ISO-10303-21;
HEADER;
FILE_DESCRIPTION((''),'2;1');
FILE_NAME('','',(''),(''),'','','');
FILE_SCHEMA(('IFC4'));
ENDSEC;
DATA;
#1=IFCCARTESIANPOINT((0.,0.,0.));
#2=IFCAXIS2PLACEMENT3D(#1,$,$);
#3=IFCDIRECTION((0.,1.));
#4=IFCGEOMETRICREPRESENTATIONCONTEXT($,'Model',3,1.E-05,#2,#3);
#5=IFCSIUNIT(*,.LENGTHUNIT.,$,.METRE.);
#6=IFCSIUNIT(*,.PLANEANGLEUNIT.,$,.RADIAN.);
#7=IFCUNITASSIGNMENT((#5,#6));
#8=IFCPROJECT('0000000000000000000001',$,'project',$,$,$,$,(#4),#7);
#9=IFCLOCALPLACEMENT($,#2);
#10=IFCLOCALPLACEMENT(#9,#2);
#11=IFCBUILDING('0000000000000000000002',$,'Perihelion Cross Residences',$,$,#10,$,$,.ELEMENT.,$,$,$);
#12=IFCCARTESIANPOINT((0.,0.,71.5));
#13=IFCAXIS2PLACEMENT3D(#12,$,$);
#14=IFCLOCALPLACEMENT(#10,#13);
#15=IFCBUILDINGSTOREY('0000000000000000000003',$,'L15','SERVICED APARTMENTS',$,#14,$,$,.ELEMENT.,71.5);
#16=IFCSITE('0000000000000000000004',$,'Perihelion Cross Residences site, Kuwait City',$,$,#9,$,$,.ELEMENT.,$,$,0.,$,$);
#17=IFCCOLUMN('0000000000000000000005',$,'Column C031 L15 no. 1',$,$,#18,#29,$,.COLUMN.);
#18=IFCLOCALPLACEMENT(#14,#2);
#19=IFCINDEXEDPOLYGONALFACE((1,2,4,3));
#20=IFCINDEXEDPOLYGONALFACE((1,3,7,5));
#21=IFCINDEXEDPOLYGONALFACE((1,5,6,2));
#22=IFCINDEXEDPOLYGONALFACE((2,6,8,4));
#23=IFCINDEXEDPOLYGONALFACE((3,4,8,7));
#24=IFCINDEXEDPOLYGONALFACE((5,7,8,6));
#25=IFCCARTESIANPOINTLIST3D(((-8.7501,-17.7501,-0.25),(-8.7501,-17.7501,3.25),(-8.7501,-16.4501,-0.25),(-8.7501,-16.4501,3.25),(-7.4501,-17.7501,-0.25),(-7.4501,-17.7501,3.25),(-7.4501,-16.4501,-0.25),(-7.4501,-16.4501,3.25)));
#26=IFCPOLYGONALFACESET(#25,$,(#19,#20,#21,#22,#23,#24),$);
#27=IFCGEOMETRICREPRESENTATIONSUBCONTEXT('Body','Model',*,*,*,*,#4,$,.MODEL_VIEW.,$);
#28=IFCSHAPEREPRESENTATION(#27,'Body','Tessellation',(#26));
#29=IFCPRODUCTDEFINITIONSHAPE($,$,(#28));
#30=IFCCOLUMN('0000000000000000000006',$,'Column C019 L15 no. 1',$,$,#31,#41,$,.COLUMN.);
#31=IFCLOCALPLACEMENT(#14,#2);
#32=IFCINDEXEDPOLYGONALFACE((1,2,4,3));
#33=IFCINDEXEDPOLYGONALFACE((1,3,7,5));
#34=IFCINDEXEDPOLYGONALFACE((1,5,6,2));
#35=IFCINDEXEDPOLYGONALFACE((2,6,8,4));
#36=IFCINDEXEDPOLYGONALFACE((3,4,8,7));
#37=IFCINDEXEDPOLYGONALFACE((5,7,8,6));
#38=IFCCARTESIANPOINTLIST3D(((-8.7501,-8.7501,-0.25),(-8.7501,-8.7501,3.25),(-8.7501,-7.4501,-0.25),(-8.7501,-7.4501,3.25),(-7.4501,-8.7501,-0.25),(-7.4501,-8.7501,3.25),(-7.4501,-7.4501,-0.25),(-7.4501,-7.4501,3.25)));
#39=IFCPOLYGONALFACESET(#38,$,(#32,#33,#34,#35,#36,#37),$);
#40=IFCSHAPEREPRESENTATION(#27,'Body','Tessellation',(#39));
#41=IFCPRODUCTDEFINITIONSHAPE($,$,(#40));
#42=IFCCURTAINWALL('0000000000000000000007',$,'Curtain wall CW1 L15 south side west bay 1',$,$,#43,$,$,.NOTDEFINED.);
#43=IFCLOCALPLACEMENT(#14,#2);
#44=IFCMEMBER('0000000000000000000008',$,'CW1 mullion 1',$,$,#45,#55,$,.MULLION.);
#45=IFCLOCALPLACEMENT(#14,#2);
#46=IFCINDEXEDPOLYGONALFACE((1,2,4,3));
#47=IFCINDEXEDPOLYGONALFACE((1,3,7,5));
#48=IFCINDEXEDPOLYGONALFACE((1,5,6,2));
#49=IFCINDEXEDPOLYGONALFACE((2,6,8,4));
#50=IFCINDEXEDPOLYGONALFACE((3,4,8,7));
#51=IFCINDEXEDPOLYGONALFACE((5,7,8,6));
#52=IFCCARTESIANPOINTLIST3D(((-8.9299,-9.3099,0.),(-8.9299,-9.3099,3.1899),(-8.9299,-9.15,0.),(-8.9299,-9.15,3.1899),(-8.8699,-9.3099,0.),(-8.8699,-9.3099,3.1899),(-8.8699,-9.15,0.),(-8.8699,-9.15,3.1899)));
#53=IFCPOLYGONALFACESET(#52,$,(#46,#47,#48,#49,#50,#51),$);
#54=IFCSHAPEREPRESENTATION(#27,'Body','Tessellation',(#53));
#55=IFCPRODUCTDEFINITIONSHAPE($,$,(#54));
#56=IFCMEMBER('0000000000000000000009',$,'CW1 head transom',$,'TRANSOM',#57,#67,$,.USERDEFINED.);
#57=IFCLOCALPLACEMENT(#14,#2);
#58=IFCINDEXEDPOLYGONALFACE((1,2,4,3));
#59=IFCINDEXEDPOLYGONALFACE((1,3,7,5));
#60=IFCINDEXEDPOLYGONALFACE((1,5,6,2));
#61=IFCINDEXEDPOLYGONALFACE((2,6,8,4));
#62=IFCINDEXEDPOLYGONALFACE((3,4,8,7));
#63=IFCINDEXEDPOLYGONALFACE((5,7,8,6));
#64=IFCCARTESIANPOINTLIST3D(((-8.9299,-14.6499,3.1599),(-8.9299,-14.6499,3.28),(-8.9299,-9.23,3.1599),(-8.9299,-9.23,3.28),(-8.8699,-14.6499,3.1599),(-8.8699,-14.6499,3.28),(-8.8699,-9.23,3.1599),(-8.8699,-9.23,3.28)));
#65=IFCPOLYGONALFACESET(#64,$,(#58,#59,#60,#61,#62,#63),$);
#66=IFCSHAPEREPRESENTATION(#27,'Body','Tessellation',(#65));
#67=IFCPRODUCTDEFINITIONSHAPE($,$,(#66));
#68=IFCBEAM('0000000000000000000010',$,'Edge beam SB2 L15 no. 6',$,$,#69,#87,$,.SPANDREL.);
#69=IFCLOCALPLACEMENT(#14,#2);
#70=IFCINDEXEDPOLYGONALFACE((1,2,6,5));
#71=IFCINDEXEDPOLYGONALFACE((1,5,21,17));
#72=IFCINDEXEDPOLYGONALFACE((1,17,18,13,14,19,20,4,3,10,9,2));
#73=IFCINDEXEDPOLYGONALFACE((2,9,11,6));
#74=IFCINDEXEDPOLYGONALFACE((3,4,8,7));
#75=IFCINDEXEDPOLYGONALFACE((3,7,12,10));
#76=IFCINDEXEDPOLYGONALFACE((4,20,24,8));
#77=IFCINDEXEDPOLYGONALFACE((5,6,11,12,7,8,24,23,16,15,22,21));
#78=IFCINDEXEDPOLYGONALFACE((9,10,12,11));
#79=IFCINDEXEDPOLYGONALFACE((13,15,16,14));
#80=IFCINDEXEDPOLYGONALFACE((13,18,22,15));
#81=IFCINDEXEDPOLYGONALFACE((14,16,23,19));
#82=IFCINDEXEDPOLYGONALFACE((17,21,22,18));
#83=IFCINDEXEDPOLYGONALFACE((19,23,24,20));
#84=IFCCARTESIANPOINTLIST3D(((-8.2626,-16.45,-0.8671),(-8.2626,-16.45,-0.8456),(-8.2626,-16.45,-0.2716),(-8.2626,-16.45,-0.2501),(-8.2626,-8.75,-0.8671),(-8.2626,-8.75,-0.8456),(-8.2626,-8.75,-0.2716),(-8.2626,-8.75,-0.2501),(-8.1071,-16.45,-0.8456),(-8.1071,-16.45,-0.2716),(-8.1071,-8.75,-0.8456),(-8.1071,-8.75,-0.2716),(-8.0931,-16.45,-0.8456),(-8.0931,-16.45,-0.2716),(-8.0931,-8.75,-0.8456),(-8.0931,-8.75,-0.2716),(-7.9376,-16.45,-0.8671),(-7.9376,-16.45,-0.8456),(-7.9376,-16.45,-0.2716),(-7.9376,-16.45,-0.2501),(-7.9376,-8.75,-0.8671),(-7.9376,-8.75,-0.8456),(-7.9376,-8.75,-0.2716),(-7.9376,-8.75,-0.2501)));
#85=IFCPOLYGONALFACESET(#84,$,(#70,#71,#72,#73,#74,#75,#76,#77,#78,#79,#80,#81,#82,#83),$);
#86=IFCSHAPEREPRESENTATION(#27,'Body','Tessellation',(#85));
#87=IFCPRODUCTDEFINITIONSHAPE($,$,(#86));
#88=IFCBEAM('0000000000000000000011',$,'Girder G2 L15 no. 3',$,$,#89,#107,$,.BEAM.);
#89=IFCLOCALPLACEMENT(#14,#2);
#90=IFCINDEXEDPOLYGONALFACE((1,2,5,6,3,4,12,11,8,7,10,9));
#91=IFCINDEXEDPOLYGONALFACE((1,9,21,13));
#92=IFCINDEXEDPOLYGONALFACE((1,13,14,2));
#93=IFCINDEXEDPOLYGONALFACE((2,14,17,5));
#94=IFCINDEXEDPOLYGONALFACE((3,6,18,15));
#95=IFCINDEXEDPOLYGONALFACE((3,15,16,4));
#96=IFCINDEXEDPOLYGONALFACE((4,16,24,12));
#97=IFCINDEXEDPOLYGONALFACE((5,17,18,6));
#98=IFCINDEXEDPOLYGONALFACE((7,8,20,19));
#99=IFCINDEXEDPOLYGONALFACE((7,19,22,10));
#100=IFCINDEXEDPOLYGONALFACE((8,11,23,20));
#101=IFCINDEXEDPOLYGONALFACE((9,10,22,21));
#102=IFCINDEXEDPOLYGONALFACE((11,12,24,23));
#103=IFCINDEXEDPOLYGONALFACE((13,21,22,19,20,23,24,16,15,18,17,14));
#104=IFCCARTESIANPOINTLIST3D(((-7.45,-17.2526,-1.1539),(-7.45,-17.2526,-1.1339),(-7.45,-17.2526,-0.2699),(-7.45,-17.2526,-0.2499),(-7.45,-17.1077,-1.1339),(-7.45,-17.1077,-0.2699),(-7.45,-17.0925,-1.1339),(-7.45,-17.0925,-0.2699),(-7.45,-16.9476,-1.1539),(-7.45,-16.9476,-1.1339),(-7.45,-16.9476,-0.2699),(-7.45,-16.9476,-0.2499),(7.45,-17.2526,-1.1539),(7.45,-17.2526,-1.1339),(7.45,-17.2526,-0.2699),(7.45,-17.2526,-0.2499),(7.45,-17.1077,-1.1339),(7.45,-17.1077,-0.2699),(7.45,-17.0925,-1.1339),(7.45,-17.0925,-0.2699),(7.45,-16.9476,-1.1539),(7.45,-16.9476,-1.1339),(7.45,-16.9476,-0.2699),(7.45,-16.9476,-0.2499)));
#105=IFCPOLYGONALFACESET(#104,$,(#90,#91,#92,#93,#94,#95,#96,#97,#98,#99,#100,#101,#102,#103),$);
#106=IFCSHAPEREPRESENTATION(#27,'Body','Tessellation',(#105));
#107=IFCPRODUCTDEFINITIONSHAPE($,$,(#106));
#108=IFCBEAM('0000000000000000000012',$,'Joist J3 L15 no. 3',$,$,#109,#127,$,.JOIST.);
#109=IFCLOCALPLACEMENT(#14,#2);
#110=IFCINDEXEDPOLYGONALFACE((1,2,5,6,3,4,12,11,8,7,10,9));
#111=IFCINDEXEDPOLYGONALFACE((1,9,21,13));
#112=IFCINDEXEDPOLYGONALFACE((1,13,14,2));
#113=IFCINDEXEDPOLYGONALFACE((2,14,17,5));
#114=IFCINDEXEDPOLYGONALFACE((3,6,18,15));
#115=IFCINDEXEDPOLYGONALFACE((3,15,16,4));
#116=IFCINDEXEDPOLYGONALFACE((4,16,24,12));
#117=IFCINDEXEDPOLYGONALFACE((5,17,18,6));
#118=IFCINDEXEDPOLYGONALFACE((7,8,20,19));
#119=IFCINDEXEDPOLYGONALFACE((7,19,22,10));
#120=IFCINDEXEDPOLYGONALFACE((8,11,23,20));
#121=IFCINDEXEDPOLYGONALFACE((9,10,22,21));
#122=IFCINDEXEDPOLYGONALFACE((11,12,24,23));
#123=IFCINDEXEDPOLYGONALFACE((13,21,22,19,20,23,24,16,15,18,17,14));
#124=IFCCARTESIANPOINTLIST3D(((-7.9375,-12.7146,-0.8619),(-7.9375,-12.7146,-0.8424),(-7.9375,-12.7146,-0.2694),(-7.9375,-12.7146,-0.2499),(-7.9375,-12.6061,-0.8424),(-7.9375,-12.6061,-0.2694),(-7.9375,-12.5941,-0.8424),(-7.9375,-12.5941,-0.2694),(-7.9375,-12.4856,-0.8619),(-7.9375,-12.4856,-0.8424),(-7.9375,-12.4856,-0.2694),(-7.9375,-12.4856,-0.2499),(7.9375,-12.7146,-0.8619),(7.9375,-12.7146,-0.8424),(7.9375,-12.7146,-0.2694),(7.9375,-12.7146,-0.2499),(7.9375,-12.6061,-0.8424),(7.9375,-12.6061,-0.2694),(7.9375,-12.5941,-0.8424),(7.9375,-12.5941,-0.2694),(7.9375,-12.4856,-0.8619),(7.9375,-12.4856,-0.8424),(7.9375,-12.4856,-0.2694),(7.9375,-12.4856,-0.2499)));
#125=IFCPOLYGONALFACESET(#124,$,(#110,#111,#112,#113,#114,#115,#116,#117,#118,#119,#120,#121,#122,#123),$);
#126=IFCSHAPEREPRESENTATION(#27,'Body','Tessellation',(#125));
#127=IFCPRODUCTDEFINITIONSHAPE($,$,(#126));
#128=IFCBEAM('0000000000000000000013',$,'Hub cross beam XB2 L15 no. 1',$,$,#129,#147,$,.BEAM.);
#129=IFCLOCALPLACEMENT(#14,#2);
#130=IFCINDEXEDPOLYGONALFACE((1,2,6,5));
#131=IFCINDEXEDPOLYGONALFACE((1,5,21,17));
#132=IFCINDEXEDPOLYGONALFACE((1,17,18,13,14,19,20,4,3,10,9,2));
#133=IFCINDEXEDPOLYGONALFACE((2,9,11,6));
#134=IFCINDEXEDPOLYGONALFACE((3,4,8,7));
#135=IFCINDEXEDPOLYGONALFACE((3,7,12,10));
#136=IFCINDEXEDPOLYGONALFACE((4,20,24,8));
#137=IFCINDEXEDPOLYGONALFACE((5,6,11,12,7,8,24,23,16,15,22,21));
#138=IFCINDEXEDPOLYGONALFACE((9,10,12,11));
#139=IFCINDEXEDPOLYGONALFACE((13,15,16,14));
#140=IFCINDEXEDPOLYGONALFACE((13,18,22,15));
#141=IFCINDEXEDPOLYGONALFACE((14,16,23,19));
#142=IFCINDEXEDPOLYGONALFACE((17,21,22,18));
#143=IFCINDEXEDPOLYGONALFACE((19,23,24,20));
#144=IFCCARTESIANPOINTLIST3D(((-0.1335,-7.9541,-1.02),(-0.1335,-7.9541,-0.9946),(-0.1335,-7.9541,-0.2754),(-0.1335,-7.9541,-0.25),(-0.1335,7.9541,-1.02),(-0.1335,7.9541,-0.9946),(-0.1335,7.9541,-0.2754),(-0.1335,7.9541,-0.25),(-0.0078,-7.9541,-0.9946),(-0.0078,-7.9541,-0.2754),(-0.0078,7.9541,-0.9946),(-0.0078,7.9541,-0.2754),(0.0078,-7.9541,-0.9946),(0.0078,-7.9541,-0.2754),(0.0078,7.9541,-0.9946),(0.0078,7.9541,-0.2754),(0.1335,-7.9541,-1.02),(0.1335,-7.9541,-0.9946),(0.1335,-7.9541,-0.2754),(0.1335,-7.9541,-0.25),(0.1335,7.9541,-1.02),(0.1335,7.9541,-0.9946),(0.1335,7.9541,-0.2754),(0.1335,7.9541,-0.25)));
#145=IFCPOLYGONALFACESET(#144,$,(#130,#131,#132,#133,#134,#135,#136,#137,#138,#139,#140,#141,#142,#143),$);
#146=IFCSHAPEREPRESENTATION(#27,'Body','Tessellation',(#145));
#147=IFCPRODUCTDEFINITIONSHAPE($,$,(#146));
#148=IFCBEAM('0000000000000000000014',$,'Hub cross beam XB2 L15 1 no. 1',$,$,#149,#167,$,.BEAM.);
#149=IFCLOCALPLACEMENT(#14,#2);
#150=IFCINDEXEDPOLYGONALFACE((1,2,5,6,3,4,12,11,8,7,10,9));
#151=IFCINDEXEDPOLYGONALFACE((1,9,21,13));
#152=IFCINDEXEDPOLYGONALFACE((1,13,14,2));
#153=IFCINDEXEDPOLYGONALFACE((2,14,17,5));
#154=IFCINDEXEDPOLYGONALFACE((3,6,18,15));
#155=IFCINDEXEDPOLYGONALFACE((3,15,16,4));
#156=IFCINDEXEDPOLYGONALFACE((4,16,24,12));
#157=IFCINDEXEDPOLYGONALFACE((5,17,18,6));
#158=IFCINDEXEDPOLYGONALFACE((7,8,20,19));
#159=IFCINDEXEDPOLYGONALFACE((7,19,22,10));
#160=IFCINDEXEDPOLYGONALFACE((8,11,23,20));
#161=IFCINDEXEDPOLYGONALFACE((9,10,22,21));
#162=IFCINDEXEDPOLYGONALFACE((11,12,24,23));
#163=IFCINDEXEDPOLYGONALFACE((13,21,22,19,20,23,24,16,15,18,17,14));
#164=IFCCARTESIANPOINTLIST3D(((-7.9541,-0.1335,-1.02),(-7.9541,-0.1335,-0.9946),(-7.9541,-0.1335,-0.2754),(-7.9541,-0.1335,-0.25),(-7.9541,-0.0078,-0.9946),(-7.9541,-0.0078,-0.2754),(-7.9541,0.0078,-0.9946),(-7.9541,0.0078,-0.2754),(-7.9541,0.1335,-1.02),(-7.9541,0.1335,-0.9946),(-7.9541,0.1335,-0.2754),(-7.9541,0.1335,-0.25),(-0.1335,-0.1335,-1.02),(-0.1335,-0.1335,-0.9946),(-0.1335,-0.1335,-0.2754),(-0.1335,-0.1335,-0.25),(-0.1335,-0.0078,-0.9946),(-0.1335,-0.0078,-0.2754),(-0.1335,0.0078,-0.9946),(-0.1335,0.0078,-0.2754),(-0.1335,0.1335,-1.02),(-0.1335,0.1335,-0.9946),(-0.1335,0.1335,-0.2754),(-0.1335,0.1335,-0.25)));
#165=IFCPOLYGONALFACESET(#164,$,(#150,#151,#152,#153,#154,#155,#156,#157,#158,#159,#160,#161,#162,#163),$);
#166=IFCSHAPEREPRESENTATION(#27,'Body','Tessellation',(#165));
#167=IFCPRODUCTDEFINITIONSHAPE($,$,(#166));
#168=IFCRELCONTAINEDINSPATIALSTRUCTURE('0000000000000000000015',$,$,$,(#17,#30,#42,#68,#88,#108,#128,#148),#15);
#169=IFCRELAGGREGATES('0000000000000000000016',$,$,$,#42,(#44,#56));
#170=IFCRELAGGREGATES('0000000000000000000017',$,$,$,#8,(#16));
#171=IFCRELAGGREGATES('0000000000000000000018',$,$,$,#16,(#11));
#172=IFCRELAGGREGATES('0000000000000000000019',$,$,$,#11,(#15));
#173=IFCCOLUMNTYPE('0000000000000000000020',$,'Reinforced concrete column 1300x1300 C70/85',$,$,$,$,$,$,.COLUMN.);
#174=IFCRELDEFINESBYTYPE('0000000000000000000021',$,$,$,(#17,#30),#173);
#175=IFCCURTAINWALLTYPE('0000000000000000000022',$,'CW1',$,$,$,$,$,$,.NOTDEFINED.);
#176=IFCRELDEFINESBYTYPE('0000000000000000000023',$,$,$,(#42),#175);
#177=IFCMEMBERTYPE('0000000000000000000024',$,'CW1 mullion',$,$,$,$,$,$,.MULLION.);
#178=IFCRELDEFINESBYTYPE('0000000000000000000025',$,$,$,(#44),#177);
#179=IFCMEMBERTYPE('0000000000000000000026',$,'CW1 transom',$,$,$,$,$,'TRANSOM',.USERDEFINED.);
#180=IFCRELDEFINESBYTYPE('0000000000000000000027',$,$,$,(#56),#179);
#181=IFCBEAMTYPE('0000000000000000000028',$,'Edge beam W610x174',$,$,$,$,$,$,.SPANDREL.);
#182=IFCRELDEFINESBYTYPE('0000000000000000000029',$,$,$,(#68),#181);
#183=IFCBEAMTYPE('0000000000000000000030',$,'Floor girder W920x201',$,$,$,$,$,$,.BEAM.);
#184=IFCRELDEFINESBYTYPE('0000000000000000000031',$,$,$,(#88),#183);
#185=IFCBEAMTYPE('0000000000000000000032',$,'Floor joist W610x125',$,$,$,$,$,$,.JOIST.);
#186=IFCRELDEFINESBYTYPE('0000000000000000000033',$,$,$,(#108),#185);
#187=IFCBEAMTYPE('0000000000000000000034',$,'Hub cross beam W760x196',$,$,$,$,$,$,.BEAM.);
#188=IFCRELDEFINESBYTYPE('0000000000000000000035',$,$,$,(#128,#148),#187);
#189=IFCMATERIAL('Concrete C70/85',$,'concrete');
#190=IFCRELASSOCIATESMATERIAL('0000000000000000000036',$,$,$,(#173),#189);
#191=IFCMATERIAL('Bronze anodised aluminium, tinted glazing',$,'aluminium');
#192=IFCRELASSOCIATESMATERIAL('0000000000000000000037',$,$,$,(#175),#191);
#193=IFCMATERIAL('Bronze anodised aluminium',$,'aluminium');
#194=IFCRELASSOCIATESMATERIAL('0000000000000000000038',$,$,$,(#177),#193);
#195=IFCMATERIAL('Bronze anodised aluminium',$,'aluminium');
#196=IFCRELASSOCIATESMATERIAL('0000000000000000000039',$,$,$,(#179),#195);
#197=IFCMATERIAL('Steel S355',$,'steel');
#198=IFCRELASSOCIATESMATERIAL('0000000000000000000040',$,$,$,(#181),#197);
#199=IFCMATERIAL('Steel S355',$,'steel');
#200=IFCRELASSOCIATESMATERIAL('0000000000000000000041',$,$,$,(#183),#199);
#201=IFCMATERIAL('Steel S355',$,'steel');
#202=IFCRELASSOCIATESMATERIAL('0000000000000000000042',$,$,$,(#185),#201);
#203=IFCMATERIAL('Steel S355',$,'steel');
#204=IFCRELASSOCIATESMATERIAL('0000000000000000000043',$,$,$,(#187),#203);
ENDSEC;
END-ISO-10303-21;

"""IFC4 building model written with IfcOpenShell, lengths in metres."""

from ifc_helpers import new_model, si_unit, direction, frame, origin, origin_2d, place, context, subcontext, project, spatial, rectangle, i_section, extrude, material, material_profile, profile_set, type_object, element, aggregate, save


model = new_model("IFC4")

# Units and contexts
model_context = context("Model", 3, precision=1e-05, world=origin(), true_north=direction((0.0, 1.0)))
body_context = subcontext(model_context, "Body", "Model", "MODEL_VIEW")
ifc_project = project(units=[si_unit("LENGTHUNIT", "METRE"), si_unit("PLANEANGLEUNIT", "RADIAN")], contexts=[model_context])

# Site, building, storey
site_placement = place(None, origin())
site = spatial("IfcSite", under=ifc_project, at=site_placement, Name="Perihelion Cross Residences site, Kuwait City", CompositionType="ELEMENT", RefElevation=0.0)
building_placement = place(site_placement, origin())
building = spatial("IfcBuilding", under=site, at=building_placement, Name="Perihelion Cross Residences", CompositionType="ELEMENT")
storey_placement = place(building_placement, frame((0.0, 0.0, 71.5)))
storey = spatial("IfcBuildingStorey", under=building, at=storey_placement, Name="L15", Description="SERVICED APARTMENTS", CompositionType="ELEMENT", Elevation=71.5)

# Columns
ifc_material_1 = material(Name="Concrete C70/85", Category="concrete")
ifc_material_profile_1 = material_profile(ifc_material_1, rectangle(XDim=1.3, YDim=1.3, at=origin_2d()), Name="RC 1300x1300")
ifc_profile_set_1 = profile_set([ifc_material_profile_1], Name="Concrete C70/85")
column_type = type_object("IfcColumnType", Name="Reinforced concrete column 1300x1300 C70/85", PredefinedType="COLUMN", material=ifc_profile_set_1)
for number, where, z_axis, x_axis, name in (
    (1, (-8.1001, -17.1001, -0.25), (0.0, 0.0, 1.0), (1.0, 0.0, 0.0), "Column C031 L15 no. 1"),
    (2, (-8.1001, -8.1001, -0.25), (0.0, 0.0, 1.0), (1.0, 0.0, 0.0), "Column C019 L15 no. 1"),
):
    element("IfcColumn", number, at=place(storey_placement, frame(where, z_axis=z_axis, x_axis=x_axis)), inside=storey, type_object=column_type, Name=name, PredefinedType="COLUMN", context=body_context, shape_type="SweptSolid", body=[
        extrude(rectangle(XDim=1.3, YDim=1.3, at=origin_2d()), origin(), (0.0, 0.0, 1.0), 3.5),
    ])

# Curtain wall, members
ifc_material_2 = material(Name="Bronze anodised aluminium, tinted glazing", Category="aluminium")
curtain_wall_type = type_object("IfcCurtainWallType", Name="CW1", PredefinedType="NOTDEFINED", material=ifc_material_2)
curtain_wall_placement = place(storey_placement, origin())
curtain_wall = element("IfcCurtainWall", 3, at=curtain_wall_placement, inside=storey, type_object=curtain_wall_type, Name="Curtain wall CW1 L15 south side west bay 1", PredefinedType="NOTDEFINED")
ifc_material_3 = material(Name="Bronze anodised aluminium", Category="aluminium")
ifc_material_profile_2 = material_profile(ifc_material_3, rectangle(XDim=0.0601, YDim=0.1599, at=origin_2d()), Name="CW1 mullion")
ifc_profile_set_2 = profile_set([ifc_material_profile_2], Name="Bronze anodised aluminium")
member_type_1 = type_object("IfcMemberType", Name="CW1 mullion", PredefinedType="MULLION", material=ifc_profile_set_2)
member_1_placement = place(storey_placement, frame((-8.8999, -9.23, 0.0), z_axis=(0.0, 0.0, 1.0), x_axis=(1.0, 0.0, 0.0)))
member_1 = element("IfcMember", 4, at=member_1_placement, type_object=member_type_1, Name="CW1 mullion 1", PredefinedType="MULLION", context=body_context, shape_type="SweptSolid", body=[
    extrude(rectangle(XDim=0.0601, YDim=0.1599, at=origin_2d()), origin(), (0.0, 0.0, 1.0), 3.1899),
])
ifc_material_4 = material(Name="Bronze anodised aluminium", Category="aluminium")
ifc_material_profile_3 = material_profile(ifc_material_4, rectangle(XDim=0.0601, YDim=0.1201, at=origin_2d()), Name="CW1 transom")
ifc_profile_set_3 = profile_set([ifc_material_profile_3], Name="Bronze anodised aluminium")
member_type_2 = type_object("IfcMemberType", Name="CW1 transom", ElementType="TRANSOM", PredefinedType="USERDEFINED", material=ifc_profile_set_3)
member_2_placement = place(storey_placement, frame((-8.8999, -9.23, 3.22), z_axis=(0.0, -1.0, 0.0), x_axis=(1.0, 0.0, 0.0)))
member_2 = element("IfcMember", 5, at=member_2_placement, type_object=member_type_2, Name="CW1 head transom", ObjectType="TRANSOM", PredefinedType="USERDEFINED", context=body_context, shape_type="SweptSolid", body=[
    extrude(rectangle(XDim=0.0601, YDim=0.1201, at=origin_2d()), origin(), (0.0, 0.0, 1.0), 5.4199),
])

# Beams
ifc_material_5 = material(Name="Steel S355", Category="steel")
ifc_material_profile_4 = material_profile(ifc_material_5, i_section(OverallWidth=0.325, OverallDepth=0.6169, WebThickness=0.0139, FlangeThickness=0.0215, at=origin_2d()), Name="W610x174")
ifc_profile_set_4 = profile_set([ifc_material_profile_4], Name="Steel S355")
beam_type_1 = type_object("IfcBeamType", Name="Edge beam W610x174", PredefinedType="SPANDREL", material=ifc_profile_set_4)
beam_1_placement = place(storey_placement, frame((-8.1001, -8.75, -0.5586), z_axis=(0.0, -1.0, 0.0), x_axis=(1.0, 0.0, 0.0)))
element("IfcBeam", 6, at=beam_1_placement, inside=storey, type_object=beam_type_1, Name="Edge beam SB2 L15 no. 6", PredefinedType="SPANDREL", context=body_context, shape_type="SweptSolid", body=[
    extrude(i_section(OverallWidth=0.325, OverallDepth=0.6169, WebThickness=0.0139, FlangeThickness=0.0215, at=origin_2d()), origin(), (0.0, 0.0, 1.0), 7.7),
])
ifc_material_6 = material(Name="Steel S355", Category="steel")
ifc_material_profile_5 = material_profile(ifc_material_6, i_section(OverallWidth=0.3049, OverallDepth=0.9041, WebThickness=0.0151, FlangeThickness=0.02, at=origin_2d()), Name="W920x201")
ifc_profile_set_5 = profile_set([ifc_material_profile_5], Name="Steel S355")
beam_type_2 = type_object("IfcBeamType", Name="Floor girder W920x201", PredefinedType="BEAM", material=ifc_profile_set_5)
beam_2_placement = place(storey_placement, frame((-7.45, -17.1001, -0.7019), z_axis=(1.0, 0.0, 0.0), x_axis=(0.0, 1.0, 0.0)))
element("IfcBeam", 7, at=beam_2_placement, inside=storey, type_object=beam_type_2, Name="Girder G2 L15 no. 3", PredefinedType="BEAM", context=body_context, shape_type="SweptSolid", body=[
    extrude(i_section(OverallWidth=0.3049, OverallDepth=0.9041, WebThickness=0.0151, FlangeThickness=0.02, at=origin_2d()), origin(), (0.0, 0.0, 1.0), 14.8999),
])
ifc_material_7 = material(Name="Steel S355", Category="steel")
ifc_material_profile_6 = material_profile(ifc_material_7, i_section(OverallWidth=0.229, OverallDepth=0.6121, WebThickness=0.012, FlangeThickness=0.0195, at=origin_2d()), Name="W610x125")
ifc_profile_set_6 = profile_set([ifc_material_profile_6], Name="Steel S355")
beam_type_3 = type_object("IfcBeamType", Name="Floor joist W610x125", PredefinedType="JOIST", material=ifc_profile_set_6)
beam_3_placement = place(storey_placement, frame((-7.9375, -12.6001, -0.5559), z_axis=(1.0, 0.0, 0.0), x_axis=(0.0, 1.0, 0.0)))
element("IfcBeam", 8, at=beam_3_placement, inside=storey, type_object=beam_type_3, Name="Joist J3 L15 no. 3", PredefinedType="JOIST", context=body_context, shape_type="SweptSolid", body=[
    extrude(i_section(OverallWidth=0.229, OverallDepth=0.6121, WebThickness=0.012, FlangeThickness=0.0195, at=origin_2d()), origin(), (0.0, 0.0, 1.0), 15.875),
])
ifc_material_8 = material(Name="Steel S355", Category="steel")
ifc_material_profile_7 = material_profile(ifc_material_8, i_section(OverallWidth=0.2671, OverallDepth=0.77, WebThickness=0.0156, FlangeThickness=0.0254, at=origin_2d()), Name="W760x196")
ifc_profile_set_7 = profile_set([ifc_material_profile_7], Name="Steel S355")
beam_type_4 = type_object("IfcBeamType", Name="Hub cross beam W760x196", PredefinedType="BEAM", material=ifc_profile_set_7)
beam_4_placement = place(storey_placement, frame((0.0, -7.9541, -0.635), z_axis=(0.0, 1.0, 0.0), x_axis=(-1.0, 0.0, 0.0)))
element("IfcBeam", 9, at=beam_4_placement, inside=storey, type_object=beam_type_4, Name="Hub cross beam XB2 L15 no. 1", PredefinedType="BEAM", context=body_context, shape_type="SweptSolid", body=[
    extrude(i_section(OverallWidth=0.2671, OverallDepth=0.77, WebThickness=0.0156, FlangeThickness=0.0254, at=origin_2d()), origin(), (0.0, 0.0, 1.0), 15.9082),
])
beam_5_placement = place(storey_placement, frame((-7.9541, 0.0, -0.635), z_axis=(1.0, 0.0, 0.0), x_axis=(0.0, 1.0, 0.0)))
element("IfcBeam", 10, at=beam_5_placement, inside=storey, type_object=beam_type_4, Name="Hub cross beam XB2 L15 1 no. 1", PredefinedType="BEAM", context=body_context, shape_type="SweptSolid", body=[
    extrude(i_section(OverallWidth=0.2671, OverallDepth=0.77, WebThickness=0.0156, FlangeThickness=0.0254, at=origin_2d()), origin(), (0.0, 0.0, 1.0), 7.8206),
])

aggregate(curtain_wall, [member_1, member_2])

save(model, "model.ifc")
